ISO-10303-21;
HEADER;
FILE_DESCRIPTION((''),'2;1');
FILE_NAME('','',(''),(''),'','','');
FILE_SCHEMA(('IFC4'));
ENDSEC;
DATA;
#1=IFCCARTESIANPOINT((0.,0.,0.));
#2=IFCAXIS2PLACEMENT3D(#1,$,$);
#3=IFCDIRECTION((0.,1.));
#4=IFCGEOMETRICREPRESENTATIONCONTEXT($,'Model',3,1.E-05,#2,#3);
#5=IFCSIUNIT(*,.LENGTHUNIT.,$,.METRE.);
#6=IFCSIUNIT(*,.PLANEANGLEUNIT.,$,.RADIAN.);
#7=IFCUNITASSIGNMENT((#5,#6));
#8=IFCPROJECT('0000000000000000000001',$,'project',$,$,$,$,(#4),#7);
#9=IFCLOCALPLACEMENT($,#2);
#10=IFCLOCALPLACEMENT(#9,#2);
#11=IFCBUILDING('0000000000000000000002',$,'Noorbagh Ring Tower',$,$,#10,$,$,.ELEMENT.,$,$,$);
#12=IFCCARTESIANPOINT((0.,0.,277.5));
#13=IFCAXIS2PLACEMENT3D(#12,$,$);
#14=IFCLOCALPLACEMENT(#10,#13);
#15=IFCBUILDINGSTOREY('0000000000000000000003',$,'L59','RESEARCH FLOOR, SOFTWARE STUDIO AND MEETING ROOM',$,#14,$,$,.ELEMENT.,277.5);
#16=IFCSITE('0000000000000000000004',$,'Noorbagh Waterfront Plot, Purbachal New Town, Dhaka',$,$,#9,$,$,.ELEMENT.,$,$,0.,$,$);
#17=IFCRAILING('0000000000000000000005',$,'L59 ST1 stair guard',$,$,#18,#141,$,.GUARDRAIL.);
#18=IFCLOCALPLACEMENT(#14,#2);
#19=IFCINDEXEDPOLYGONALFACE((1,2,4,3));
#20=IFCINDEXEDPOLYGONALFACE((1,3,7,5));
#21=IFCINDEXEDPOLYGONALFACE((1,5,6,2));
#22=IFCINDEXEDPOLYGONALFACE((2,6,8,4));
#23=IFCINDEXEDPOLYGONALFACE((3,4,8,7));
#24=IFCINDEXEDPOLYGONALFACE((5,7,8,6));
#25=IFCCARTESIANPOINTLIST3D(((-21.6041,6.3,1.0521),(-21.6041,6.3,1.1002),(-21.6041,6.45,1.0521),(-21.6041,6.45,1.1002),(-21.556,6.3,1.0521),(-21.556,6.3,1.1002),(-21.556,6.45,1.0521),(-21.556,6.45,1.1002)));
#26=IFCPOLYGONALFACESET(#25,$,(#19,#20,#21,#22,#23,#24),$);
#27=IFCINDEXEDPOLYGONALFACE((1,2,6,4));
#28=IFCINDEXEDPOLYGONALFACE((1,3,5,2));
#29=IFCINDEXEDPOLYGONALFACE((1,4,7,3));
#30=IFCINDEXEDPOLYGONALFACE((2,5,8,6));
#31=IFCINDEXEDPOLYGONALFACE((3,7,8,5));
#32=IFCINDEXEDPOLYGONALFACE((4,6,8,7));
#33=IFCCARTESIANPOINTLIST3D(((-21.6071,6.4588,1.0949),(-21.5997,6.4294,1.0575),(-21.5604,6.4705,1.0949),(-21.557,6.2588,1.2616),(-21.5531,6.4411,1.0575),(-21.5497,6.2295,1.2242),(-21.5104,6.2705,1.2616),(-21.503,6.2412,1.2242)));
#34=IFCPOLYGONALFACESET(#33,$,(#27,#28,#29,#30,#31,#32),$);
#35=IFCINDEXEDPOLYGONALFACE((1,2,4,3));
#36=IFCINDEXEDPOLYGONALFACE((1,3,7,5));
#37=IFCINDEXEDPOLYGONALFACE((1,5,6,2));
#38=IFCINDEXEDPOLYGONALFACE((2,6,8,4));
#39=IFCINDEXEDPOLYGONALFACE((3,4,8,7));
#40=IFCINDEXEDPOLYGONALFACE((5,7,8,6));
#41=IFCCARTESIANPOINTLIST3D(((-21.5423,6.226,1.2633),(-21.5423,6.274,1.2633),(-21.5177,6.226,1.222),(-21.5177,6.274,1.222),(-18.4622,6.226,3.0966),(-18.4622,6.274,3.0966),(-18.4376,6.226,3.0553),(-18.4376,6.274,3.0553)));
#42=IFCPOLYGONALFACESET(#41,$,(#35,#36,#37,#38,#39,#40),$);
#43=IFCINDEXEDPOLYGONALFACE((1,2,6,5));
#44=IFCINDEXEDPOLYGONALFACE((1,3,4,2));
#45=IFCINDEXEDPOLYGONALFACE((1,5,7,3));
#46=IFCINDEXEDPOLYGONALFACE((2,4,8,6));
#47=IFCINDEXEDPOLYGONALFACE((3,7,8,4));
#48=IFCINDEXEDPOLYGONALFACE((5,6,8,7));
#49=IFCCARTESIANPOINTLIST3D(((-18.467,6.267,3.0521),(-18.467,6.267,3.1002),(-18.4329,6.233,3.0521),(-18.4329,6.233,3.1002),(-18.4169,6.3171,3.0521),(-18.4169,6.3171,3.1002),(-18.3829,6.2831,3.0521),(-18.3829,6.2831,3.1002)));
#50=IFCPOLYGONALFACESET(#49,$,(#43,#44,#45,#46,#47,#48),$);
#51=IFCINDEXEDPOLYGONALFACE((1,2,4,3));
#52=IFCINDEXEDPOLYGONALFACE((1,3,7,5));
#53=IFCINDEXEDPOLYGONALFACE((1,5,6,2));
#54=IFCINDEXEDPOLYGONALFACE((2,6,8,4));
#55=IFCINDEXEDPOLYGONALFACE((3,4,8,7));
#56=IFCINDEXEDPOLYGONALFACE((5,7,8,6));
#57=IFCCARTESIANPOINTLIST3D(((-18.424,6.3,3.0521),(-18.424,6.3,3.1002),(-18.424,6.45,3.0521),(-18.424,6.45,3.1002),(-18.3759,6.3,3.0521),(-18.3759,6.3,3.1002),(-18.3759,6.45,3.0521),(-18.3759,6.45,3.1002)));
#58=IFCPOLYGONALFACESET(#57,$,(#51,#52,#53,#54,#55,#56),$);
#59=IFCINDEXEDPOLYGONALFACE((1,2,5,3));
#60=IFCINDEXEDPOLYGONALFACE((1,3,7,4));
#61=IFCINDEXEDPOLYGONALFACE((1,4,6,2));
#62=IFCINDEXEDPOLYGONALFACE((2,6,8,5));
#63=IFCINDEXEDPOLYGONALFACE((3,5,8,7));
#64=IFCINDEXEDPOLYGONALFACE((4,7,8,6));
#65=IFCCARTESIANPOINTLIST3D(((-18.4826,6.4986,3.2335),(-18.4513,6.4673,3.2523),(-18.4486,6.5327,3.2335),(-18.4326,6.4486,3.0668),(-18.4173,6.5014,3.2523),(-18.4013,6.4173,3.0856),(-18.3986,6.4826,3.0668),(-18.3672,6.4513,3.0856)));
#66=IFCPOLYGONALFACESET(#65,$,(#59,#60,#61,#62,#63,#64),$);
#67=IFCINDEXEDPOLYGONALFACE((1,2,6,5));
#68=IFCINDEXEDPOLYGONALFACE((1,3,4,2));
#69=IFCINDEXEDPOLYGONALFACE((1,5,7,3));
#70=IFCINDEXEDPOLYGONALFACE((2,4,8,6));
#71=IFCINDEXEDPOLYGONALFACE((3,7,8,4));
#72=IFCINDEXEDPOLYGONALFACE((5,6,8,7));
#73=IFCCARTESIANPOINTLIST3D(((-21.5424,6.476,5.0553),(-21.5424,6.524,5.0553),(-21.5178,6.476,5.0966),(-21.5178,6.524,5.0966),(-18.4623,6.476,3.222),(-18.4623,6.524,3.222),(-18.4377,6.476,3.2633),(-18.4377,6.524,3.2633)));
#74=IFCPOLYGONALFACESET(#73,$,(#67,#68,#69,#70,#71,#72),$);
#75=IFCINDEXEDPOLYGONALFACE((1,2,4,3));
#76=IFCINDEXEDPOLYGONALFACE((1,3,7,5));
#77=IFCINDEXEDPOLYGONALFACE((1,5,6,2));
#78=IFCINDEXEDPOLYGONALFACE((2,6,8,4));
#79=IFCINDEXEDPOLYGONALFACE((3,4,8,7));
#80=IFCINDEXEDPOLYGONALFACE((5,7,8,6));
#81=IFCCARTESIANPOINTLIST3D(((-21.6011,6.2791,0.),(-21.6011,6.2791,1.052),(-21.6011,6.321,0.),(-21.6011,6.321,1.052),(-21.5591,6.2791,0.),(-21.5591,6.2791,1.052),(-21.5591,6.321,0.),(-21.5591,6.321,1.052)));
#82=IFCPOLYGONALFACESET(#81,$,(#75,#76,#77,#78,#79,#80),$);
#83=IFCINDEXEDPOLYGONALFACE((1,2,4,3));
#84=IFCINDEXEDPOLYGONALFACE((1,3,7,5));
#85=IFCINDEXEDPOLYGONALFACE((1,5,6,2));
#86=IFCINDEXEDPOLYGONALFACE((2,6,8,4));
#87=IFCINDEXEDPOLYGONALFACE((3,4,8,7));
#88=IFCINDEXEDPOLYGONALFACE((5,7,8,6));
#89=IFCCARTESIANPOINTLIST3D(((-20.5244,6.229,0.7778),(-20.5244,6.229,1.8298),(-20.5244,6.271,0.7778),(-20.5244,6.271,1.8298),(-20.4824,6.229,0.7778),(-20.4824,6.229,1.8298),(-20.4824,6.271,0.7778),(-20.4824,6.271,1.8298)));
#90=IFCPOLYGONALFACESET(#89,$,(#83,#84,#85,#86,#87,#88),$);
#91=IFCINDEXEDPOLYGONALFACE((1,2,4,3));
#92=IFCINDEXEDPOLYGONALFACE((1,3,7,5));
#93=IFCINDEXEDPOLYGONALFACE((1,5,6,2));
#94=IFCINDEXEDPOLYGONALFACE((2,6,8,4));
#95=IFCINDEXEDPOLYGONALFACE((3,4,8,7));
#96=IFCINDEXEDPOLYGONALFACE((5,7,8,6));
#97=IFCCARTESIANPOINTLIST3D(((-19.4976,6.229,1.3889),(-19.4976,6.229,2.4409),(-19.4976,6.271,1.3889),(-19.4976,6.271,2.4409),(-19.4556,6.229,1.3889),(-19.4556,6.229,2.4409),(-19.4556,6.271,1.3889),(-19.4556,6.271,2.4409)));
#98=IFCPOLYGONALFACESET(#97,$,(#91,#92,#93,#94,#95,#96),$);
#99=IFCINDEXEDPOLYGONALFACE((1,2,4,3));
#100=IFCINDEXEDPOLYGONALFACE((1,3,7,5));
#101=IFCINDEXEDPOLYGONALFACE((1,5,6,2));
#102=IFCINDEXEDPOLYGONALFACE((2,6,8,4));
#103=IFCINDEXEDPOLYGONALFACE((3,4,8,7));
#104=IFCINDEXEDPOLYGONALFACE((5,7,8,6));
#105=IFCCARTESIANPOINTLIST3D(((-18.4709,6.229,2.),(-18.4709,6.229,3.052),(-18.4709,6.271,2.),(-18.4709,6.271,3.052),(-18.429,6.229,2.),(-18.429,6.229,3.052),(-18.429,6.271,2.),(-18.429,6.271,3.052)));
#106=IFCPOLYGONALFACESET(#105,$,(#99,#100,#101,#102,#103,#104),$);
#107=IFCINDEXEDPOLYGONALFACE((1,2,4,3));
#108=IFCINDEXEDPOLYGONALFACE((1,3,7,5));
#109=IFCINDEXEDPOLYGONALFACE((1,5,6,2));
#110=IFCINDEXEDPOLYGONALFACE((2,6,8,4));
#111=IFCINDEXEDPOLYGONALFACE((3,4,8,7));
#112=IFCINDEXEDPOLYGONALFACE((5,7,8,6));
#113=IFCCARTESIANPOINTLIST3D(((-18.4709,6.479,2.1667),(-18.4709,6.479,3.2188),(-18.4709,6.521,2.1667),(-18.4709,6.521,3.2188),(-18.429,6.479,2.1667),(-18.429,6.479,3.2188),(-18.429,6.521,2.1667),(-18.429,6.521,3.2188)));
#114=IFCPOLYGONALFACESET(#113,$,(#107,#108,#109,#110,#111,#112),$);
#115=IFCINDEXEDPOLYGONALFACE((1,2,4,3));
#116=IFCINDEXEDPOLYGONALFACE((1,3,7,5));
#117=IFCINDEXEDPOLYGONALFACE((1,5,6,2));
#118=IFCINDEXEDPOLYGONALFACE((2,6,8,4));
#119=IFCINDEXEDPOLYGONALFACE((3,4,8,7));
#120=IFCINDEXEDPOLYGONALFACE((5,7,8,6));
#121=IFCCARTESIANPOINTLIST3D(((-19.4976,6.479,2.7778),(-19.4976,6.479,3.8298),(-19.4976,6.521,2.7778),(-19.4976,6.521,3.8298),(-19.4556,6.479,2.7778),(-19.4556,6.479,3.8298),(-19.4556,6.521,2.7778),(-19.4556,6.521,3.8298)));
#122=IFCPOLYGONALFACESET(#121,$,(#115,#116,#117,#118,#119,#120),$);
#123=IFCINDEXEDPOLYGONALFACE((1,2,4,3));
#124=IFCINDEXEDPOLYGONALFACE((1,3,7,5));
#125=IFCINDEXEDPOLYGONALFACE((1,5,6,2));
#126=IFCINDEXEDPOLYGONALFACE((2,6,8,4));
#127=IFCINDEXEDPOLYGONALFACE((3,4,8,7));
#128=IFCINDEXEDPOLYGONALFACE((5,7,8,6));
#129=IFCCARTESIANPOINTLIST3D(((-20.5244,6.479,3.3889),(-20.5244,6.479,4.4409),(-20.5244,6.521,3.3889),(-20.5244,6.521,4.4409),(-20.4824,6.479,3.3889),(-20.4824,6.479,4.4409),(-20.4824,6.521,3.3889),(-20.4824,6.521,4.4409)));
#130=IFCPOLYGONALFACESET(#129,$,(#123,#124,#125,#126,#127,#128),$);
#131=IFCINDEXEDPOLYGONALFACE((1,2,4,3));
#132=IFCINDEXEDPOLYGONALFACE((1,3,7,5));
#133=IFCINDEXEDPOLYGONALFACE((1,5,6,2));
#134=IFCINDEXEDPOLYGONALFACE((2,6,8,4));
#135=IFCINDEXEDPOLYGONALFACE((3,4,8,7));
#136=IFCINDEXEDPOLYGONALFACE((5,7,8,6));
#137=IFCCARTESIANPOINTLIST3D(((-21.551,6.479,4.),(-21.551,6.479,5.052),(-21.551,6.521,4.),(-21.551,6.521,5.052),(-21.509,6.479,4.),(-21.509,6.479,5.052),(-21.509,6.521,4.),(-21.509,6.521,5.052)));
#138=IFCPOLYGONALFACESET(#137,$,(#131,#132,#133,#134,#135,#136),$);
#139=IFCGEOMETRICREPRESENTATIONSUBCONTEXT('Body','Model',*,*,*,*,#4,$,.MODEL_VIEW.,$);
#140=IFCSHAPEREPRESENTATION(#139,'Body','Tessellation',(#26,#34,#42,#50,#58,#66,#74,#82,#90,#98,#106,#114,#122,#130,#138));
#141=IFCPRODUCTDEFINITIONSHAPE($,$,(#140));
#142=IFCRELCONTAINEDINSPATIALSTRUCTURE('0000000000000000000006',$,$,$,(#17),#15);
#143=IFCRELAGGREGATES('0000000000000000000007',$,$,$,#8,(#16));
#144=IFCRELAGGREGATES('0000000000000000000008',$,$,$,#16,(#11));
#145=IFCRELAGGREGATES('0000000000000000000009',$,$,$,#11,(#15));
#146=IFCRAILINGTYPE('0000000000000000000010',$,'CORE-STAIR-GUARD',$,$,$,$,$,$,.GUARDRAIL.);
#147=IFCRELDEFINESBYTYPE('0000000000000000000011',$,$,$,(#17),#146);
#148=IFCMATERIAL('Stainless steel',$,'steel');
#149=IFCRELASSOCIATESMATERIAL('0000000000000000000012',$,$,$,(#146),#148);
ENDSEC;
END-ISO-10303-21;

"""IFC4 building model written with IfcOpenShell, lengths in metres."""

from ifc_helpers import new_model, si_unit, direction, frame, origin, origin_2d, place, context, subcontext, project, spatial, rectangle, extrude, material, type_object, element, save


model = new_model("IFC4")

# Units and contexts
model_context = context("Model", 3, precision=1e-05, world=origin(), true_north=direction((0.0, 1.0)))
body_context = subcontext(model_context, "Body", "Model", "MODEL_VIEW")
ifc_project = project(units=[si_unit("LENGTHUNIT", "METRE"), si_unit("PLANEANGLEUNIT", "RADIAN")], contexts=[model_context])

# Site, building, storey
site_placement = place(None, origin())
site = spatial("IfcSite", under=ifc_project, at=site_placement, Name="Noorbagh Waterfront Plot, Purbachal New Town, Dhaka", CompositionType="ELEMENT", RefElevation=0.0)
building_placement = place(site_placement, origin())
building = spatial("IfcBuilding", under=site, at=building_placement, Name="Noorbagh Ring Tower", CompositionType="ELEMENT")
storey_placement = place(building_placement, frame((0.0, 0.0, 277.5)))
storey = spatial("IfcBuildingStorey", under=building, at=storey_placement, Name="L59", Description="RESEARCH FLOOR, SOFTWARE STUDIO AND MEETING ROOM", CompositionType="ELEMENT", Elevation=277.5)

# Railing
ifc_material_1 = material(Name="Stainless steel", Category="steel")
railing_type_1 = type_object("IfcRailingType", Name="CORE-STAIR-GUARD", PredefinedType="GUARDRAIL", material=ifc_material_1)
railing_1_placement = place(storey_placement, frame((-21.5801, 6.3, 0.0)))
element("IfcRailing", 1, at=railing_1_placement, inside=storey, type_object=railing_type_1, Name="L59 ST1 stair guard", PredefinedType="GUARDRAIL", context=body_context, shape_type="SweptSolid", body=[
    extrude(rectangle(XDim=0.0481, YDim=0.0481, at=origin_2d()), frame((0.0, 0.0, 1.0762), z_axis=(0.0, 1.0, 0.0), x_axis=(-1.0, 0.0, 0.0)), (0.0, 0.0, 1.0), 0.1499),
    extrude(rectangle(XDim=0.0481, YDim=0.0481, at=origin_2d()), frame((0.0, 0.1499, 1.0762), z_axis=(0.188776, -0.754182, 0.628946), x_axis=(0.970073, 0.242814, 0.0)), (0.0, 0.0, 1.0), 0.2651),
    extrude(rectangle(XDim=0.0481, YDim=0.0481, at=origin_2d()), frame((0.05, -0.05, 1.2427), z_axis=(0.859309, 0.0, 0.511458), x_axis=(0.0, 1.0, 0.0)), (0.0, 0.0, 1.0), 3.5845),
    extrude(rectangle(XDim=0.0481, YDim=0.0481, at=origin_2d()), frame((3.1301, -0.05, 3.0762), z_axis=(0.707107, 0.707107, 0.0), x_axis=(-0.707107, 0.707107, 0.0)), (0.0, 0.0, 1.0), 0.0708),
    extrude(rectangle(XDim=0.0481, YDim=0.0481, at=origin_2d()), frame((3.1802, 0.0, 3.0762), z_axis=(0.0, 1.0, 0.0), x_axis=(-1.0, 0.0, 0.0)), (0.0, 0.0, 1.0), 0.1499),
    extrude(rectangle(XDim=0.0481, YDim=0.0481, at=origin_2d()), frame((3.1802, 0.1499, 3.0762), z_axis=(-0.276287, 0.276287, 0.920506), x_axis=(-0.707107, -0.707107, 0.0)), (0.0, 0.0, 1.0), 0.1812),
    extrude(rectangle(XDim=0.0481, YDim=0.0481, at=origin_2d()), frame((3.1301, 0.2, 3.2427), z_axis=(-0.859309, 0.0, 0.511458), x_axis=(0.0, -1.0, 0.0)), (0.0, 0.0, 1.0), 3.5845),
    extrude(rectangle(XDim=0.042, YDim=0.042, at=origin_2d()), origin(), (0.0, 0.0, 1.0), 1.052),
    extrude(rectangle(XDim=0.042, YDim=0.042, at=origin_2d()), frame((1.0767, -0.05, 0.7778)), (0.0, 0.0, 1.0), 1.052),
    extrude(rectangle(XDim=0.042, YDim=0.042, at=origin_2d()), frame((2.1035, -0.05, 1.3889)), (0.0, 0.0, 1.0), 1.052),
    extrude(rectangle(XDim=0.042, YDim=0.042, at=origin_2d()), frame((3.1301, -0.05, 2.0)), (0.0, 0.0, 1.0), 1.052),
    extrude(rectangle(XDim=0.042, YDim=0.042, at=origin_2d()), frame((3.1301, 0.2, 2.1667)), (0.0, 0.0, 1.0), 1.052),
    extrude(rectangle(XDim=0.042, YDim=0.042, at=origin_2d()), frame((2.1035, 0.2, 2.7778)), (0.0, 0.0, 1.0), 1.052),
    extrude(rectangle(XDim=0.042, YDim=0.042, at=origin_2d()), frame((1.0767, 0.2, 3.3889)), (0.0, 0.0, 1.0), 1.052),
    extrude(rectangle(XDim=0.042, YDim=0.042, at=origin_2d()), frame((0.05, 0.2, 4.0)), (0.0, 0.0, 1.0), 1.052),
])

save(model, "model.ifc")
